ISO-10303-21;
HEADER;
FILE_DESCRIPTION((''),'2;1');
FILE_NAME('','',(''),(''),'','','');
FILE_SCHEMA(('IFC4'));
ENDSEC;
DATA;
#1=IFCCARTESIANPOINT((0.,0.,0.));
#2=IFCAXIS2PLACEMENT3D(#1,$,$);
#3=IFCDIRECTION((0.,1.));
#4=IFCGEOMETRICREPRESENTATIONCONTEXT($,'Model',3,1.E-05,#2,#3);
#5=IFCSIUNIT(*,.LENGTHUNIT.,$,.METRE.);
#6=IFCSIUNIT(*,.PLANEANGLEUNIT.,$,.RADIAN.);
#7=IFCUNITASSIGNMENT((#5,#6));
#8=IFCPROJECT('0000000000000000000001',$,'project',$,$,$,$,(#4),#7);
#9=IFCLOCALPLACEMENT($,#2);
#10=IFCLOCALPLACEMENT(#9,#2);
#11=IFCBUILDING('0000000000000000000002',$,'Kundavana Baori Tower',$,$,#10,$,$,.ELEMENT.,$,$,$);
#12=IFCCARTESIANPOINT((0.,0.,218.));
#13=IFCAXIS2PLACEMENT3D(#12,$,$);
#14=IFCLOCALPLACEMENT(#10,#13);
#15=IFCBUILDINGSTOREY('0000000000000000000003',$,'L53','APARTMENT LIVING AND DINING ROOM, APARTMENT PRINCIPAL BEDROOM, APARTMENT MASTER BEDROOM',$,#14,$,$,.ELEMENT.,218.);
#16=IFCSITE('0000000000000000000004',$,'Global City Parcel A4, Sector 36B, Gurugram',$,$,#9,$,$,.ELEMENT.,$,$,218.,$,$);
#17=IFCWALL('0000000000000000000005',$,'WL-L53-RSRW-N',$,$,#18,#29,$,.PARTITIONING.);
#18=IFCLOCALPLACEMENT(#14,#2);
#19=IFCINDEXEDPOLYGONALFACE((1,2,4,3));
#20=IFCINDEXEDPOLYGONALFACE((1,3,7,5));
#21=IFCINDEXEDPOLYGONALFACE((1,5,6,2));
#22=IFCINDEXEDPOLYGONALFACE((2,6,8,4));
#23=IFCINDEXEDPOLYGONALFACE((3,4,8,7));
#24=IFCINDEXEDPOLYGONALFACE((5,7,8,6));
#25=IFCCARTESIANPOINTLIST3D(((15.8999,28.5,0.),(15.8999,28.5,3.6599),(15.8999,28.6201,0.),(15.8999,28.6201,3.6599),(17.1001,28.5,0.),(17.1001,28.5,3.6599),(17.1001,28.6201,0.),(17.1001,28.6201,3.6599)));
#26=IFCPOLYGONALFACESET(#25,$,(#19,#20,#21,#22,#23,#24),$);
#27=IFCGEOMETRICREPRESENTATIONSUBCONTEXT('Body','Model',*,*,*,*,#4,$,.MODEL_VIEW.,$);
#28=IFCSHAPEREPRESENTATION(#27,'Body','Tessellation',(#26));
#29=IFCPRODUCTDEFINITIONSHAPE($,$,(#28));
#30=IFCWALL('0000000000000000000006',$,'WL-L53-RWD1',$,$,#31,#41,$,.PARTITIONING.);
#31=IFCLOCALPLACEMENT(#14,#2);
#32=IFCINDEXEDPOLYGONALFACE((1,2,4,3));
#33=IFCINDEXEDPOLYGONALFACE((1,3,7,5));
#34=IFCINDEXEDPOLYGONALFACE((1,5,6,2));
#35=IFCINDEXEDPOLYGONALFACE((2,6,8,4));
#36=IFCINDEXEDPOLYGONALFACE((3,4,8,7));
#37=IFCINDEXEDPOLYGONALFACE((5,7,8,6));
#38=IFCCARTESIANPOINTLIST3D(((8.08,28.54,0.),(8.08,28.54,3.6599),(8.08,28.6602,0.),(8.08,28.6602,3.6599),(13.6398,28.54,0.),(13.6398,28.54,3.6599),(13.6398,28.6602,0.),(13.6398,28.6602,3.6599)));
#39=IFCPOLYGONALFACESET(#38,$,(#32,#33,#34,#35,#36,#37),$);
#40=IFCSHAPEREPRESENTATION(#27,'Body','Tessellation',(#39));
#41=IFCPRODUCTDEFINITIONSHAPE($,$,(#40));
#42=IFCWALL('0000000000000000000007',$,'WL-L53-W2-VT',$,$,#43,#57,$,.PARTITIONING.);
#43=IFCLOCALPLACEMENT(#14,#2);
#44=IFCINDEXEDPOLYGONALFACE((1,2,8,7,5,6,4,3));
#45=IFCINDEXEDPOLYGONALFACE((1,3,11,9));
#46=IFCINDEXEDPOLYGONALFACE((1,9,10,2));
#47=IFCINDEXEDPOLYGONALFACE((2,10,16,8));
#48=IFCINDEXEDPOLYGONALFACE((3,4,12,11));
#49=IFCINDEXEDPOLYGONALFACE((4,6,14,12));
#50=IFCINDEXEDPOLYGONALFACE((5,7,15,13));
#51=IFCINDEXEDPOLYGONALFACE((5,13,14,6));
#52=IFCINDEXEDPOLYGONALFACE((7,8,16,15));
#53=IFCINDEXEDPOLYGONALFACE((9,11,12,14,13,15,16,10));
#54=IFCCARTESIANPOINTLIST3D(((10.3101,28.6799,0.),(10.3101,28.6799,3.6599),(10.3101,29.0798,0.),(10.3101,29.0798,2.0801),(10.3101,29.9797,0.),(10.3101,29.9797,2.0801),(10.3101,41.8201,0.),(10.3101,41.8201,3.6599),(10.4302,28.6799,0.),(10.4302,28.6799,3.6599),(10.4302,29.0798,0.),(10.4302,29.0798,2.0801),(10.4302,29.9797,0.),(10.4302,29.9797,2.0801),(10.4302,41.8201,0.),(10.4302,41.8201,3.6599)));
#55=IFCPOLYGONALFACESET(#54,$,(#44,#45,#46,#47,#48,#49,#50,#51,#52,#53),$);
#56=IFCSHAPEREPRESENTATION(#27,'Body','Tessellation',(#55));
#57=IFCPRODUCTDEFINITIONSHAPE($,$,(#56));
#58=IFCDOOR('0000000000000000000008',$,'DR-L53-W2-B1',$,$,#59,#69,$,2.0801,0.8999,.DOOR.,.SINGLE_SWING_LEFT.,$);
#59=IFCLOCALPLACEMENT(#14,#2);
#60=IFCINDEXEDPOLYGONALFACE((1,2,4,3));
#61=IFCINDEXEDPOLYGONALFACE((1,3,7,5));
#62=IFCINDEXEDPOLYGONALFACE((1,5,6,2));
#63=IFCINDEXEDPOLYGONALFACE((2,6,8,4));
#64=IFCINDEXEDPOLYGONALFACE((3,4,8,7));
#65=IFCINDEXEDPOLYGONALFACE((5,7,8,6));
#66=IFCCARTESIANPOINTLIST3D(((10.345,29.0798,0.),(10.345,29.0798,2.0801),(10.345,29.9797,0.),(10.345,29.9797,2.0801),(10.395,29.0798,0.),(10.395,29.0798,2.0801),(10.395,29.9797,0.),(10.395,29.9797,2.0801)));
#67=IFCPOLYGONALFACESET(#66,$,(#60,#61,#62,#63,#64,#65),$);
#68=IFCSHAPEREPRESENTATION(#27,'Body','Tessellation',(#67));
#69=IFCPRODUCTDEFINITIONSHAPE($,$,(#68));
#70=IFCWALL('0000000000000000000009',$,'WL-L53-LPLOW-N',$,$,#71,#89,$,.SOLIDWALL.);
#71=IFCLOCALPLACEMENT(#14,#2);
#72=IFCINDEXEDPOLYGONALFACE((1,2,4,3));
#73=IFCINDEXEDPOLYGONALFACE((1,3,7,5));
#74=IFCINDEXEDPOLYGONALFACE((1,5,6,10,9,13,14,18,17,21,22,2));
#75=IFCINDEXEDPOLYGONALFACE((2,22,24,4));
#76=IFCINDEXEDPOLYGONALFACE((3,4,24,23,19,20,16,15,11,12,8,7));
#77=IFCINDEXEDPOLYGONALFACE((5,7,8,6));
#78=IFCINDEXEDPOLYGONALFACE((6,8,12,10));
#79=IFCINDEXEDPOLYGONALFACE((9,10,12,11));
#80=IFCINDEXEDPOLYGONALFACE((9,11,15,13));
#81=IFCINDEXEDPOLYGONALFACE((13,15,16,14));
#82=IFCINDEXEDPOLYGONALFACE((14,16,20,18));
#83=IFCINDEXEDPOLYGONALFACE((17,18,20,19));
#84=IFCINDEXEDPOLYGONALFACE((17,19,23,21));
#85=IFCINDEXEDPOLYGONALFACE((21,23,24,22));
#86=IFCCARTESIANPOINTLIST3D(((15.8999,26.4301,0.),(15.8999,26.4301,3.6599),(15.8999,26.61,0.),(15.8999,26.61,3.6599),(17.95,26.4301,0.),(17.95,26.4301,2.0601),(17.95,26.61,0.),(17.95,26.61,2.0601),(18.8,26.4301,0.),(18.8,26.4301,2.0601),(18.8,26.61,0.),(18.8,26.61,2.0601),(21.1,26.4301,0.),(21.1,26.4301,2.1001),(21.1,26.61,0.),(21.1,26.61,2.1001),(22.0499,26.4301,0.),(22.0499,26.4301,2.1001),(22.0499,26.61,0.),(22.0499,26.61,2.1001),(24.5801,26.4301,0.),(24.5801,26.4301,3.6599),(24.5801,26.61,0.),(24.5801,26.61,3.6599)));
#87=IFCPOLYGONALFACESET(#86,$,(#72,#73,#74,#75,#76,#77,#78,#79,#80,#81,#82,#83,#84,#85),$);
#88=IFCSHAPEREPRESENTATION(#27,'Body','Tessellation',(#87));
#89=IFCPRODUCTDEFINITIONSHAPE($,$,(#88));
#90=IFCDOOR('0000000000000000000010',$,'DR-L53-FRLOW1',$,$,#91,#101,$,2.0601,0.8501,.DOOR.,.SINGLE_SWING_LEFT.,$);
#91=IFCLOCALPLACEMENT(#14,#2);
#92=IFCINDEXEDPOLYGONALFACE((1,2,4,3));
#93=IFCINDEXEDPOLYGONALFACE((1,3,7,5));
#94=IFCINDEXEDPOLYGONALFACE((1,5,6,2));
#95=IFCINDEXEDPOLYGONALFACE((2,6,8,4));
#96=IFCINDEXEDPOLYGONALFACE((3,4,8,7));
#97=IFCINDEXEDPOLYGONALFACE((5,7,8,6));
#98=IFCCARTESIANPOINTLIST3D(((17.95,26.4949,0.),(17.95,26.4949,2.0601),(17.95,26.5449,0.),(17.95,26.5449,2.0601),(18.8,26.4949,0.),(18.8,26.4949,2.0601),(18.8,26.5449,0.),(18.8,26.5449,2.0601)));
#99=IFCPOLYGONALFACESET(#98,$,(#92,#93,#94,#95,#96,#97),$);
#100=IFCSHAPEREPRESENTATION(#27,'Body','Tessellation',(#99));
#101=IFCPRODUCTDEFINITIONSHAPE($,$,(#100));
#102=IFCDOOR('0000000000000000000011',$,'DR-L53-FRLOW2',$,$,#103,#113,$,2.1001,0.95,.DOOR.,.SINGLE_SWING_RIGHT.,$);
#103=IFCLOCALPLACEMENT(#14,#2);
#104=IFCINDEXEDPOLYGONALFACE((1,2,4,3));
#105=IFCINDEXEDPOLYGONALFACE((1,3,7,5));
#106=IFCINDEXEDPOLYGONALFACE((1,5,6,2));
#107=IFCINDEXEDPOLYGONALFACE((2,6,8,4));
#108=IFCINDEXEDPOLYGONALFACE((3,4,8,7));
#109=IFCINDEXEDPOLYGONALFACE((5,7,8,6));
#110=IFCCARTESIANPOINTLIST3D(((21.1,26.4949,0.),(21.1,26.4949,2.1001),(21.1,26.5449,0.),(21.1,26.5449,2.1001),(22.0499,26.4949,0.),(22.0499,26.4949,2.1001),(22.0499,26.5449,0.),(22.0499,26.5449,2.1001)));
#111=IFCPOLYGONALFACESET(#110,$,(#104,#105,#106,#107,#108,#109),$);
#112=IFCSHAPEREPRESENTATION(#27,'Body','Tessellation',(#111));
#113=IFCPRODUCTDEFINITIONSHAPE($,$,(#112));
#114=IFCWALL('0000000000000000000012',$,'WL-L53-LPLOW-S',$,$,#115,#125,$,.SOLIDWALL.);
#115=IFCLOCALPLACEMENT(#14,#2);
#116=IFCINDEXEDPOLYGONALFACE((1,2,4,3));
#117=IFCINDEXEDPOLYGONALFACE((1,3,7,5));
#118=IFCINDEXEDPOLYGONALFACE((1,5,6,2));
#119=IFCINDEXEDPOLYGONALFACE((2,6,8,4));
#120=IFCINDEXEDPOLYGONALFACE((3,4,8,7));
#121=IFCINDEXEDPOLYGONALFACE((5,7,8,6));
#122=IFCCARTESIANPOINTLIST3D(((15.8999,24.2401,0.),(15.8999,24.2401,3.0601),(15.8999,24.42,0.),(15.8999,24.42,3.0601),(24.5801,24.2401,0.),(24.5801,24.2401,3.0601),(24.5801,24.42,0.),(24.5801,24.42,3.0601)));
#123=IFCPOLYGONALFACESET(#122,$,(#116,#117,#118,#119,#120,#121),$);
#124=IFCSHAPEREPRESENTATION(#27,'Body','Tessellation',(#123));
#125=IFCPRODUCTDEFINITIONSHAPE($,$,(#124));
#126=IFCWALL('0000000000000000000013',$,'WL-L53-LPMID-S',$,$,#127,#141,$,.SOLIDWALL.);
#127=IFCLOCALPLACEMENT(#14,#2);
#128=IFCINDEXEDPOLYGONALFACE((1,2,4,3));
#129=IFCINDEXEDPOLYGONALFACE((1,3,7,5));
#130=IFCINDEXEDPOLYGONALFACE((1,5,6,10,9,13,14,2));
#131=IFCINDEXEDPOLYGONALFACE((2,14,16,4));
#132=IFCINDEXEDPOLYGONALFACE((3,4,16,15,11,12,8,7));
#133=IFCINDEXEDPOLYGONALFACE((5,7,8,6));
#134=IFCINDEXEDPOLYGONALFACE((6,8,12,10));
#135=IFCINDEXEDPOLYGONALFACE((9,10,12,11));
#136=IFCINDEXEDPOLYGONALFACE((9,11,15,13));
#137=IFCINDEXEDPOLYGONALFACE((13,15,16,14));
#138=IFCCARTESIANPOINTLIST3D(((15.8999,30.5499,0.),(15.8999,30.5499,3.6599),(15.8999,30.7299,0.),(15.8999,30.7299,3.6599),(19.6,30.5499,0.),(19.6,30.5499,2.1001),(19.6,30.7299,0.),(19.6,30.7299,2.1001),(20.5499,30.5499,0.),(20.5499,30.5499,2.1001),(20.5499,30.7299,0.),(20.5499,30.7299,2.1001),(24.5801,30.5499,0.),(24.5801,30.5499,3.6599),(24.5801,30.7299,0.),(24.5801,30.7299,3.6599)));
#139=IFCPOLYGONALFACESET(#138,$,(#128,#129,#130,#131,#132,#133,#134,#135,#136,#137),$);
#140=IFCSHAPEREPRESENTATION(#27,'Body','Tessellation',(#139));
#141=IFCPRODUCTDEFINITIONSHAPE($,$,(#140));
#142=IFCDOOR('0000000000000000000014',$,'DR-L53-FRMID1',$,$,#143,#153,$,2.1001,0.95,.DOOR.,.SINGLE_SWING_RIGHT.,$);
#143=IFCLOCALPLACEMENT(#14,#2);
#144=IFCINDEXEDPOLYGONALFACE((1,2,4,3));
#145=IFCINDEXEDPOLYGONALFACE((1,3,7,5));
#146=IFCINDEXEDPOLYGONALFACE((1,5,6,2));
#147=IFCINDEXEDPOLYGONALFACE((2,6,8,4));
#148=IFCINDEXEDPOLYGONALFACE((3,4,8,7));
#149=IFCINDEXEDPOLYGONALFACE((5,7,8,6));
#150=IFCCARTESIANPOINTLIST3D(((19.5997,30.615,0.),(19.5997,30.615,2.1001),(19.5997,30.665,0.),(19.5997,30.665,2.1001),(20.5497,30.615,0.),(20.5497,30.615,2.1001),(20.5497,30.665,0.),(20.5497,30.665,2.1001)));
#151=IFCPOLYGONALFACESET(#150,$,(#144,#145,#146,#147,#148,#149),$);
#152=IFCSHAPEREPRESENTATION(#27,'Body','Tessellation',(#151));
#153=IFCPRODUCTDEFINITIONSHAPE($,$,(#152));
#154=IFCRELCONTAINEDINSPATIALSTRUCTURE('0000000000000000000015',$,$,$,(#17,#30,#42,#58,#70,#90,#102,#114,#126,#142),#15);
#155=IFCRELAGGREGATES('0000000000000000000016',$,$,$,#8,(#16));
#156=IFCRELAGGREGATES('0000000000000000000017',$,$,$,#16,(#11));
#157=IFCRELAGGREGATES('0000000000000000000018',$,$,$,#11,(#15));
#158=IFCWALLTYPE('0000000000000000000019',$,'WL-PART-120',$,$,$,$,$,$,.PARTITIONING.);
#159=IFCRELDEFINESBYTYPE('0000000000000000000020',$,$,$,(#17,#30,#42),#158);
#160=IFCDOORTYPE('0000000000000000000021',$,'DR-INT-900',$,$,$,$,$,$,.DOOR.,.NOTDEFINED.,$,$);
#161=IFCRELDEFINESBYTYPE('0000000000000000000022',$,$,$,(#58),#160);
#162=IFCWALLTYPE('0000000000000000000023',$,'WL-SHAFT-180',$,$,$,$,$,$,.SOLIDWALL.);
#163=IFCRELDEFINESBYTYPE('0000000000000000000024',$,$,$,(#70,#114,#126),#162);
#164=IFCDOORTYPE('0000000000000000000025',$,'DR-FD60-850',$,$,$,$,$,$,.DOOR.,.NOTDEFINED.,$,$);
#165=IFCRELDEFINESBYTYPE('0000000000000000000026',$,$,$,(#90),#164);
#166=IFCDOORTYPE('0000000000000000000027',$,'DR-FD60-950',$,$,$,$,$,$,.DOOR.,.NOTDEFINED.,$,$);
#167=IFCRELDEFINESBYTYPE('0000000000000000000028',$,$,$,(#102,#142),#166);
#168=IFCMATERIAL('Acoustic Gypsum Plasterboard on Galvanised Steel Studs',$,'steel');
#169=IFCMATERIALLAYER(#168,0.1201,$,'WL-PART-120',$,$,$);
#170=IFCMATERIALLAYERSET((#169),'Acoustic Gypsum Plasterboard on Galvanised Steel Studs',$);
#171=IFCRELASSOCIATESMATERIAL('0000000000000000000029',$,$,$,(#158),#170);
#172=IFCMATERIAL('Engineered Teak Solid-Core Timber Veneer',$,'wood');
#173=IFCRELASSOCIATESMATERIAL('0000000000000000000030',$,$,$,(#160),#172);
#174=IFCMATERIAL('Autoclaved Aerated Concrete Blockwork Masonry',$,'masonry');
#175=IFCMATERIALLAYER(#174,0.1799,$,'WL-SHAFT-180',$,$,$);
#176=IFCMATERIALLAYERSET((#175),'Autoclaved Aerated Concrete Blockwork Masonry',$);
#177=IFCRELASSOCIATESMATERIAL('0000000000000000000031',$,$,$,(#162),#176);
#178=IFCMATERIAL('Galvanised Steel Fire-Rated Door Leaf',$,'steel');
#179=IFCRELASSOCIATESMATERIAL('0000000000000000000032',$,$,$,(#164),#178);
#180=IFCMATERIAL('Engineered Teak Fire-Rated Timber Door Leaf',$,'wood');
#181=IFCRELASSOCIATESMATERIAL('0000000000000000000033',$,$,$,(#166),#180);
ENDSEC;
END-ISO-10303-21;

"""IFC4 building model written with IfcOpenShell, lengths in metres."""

from ifc_helpers import new_model, si_unit, direction, frame, frame_2d, origin, place, context, subcontext, project, spatial, rectangle, extrude, material, layer, layer_set, type_object, element, fill, save


model = new_model("IFC4")

# Units and contexts
model_context = context("Model", 3, precision=1e-05, world=origin(), true_north=direction((0.0, 1.0)))
body_context = subcontext(model_context, "Body", "Model", "MODEL_VIEW")
ifc_project = project(units=[si_unit("LENGTHUNIT", "METRE"), si_unit("PLANEANGLEUNIT", "RADIAN")], contexts=[model_context])

# Site, building, storey
site_placement = place(None, origin())
site = spatial("IfcSite", under=ifc_project, at=site_placement, Name="Global City Parcel A4, Sector 36B, Gurugram", CompositionType="ELEMENT", RefElevation=218.0)
building_placement = place(site_placement, origin())
building = spatial("IfcBuilding", under=site, at=building_placement, Name="Kundavana Baori Tower", CompositionType="ELEMENT")
storey_placement = place(building_placement, frame((0.0, 0.0, 218.0)))
storey = spatial("IfcBuildingStorey", under=building, at=storey_placement, Name="L53", Description="APARTMENT LIVING AND DINING ROOM, APARTMENT PRINCIPAL BEDROOM, APARTMENT MASTER BEDROOM", CompositionType="ELEMENT", Elevation=218.0)

# Walls
ifc_material_1 = material(Name="Acoustic Gypsum Plasterboard on Galvanised Steel Studs", Category="steel")
ifc_layer_1 = layer(ifc_material_1, 0.1201, Name="WL-PART-120")
ifc_layer_set_1 = layer_set([ifc_layer_1], Name="Acoustic Gypsum Plasterboard on Galvanised Steel Studs")
wall_type_1 = type_object("IfcWallType", Name="WL-PART-120", PredefinedType="PARTITIONING", material=ifc_layer_set_1)
wall_1_placement = place(storey_placement, frame((15.8999, 28.5601, 0.0), z_axis=(0.0, 0.0, 1.0), x_axis=(1.0, 0.0, 0.0)))
element("IfcWall", 1, at=wall_1_placement, inside=storey, type_object=wall_type_1, Name="WL-L53-RSRW-N", PredefinedType="PARTITIONING", context=body_context, shape_type="SweptSolid", body=[
    extrude(rectangle(XDim=1.2002, YDim=0.1201, at=frame_2d((0.6001, 0.0))), origin(), (0.0, 0.0, 1.0), 3.6599),
])
wall_2_placement = place(storey_placement, frame((8.0801, 28.6001, 0.0), z_axis=(0.0, 0.0, 1.0), x_axis=(1.0, 0.0, 0.0)))
element("IfcWall", 2, at=wall_2_placement, inside=storey, type_object=wall_type_1, Name="WL-L53-RWD1", PredefinedType="PARTITIONING", context=body_context, shape_type="SweptSolid", body=[
    extrude(rectangle(XDim=5.5598, YDim=0.1201, at=frame_2d((2.7798, 0.0))), origin(), (0.0, 0.0, 1.0), 3.6599),
])

# Wall, opening, door
wall_3_placement = place(storey_placement, frame((10.3701, 28.6799, 0.0), z_axis=(0.0, 0.0, 1.0), x_axis=(0.0, 1.0, 0.0)))
wall_3 = element("IfcWall", 3, at=wall_3_placement, inside=storey, type_object=wall_type_1, Name="WL-L53-W2-VT", PredefinedType="PARTITIONING", context=body_context, shape_type="SweptSolid", body=[
    extrude(rectangle(XDim=13.1401, YDim=0.1201, at=frame_2d((6.5701, 0.0))), origin(), (0.0, 0.0, 1.0), 3.6599),
])
opening_1_placement = place(wall_3_placement, frame((0.3999, 0.0, 0.0)))
opening_1 = element("IfcOpeningElement", 4, at=opening_1_placement, cuts=wall_3, PredefinedType="OPENING", context=body_context, shape_type="SweptSolid", body=[
    extrude(rectangle(XDim=0.8999, YDim=2.0801, at=frame_2d((0.45, 1.04))), frame((0.0, 0.0701, 0.0), z_axis=(0.0, -1.0, 0.0), x_axis=(1.0, 0.0, 0.0)), (0.0, 0.0, 1.0), 0.1401),
])
ifc_material_2 = material(Name="Engineered Teak Solid-Core Timber Veneer", Category="wood")
door_type_1 = type_object("IfcDoorType", Name="DR-INT-900", OperationType="NOTDEFINED", PredefinedType="DOOR", material=ifc_material_2)
door_1_placement = place(opening_1_placement, frame((0.8999, 0.0, 0.0), z_axis=(0.0, 0.0, 1.0), x_axis=(-1.0, 0.0, 0.0)))
door_1 = element("IfcDoor", 5, at=door_1_placement, inside=storey, type_object=door_type_1, Name="DR-L53-W2-B1", OperationType="SINGLE_SWING_LEFT", OverallHeight=2.0801, OverallWidth=0.8999, PredefinedType="DOOR", context=body_context, shape_type="SweptSolid", body=[
    extrude(rectangle(XDim=0.8999, YDim=2.0801, at=frame_2d((0.45, 1.04))), frame((0.0, 0.0249, 0.0), z_axis=(0.0, -1.0, 0.0), x_axis=(1.0, 0.0, 0.0)), (0.0, 0.0, 1.0), 0.05),
])
fill(opening_1, door_1)

# Wall, openings, doors
ifc_material_3 = material(Name="Autoclaved Aerated Concrete Blockwork Masonry", Category="masonry")
ifc_layer_2 = layer(ifc_material_3, 0.1799, Name="WL-SHAFT-180")
ifc_layer_set_2 = layer_set([ifc_layer_2], Name="Autoclaved Aerated Concrete Blockwork Masonry")
wall_type_2 = type_object("IfcWallType", Name="WL-SHAFT-180", PredefinedType="SOLIDWALL", material=ifc_layer_set_2)
wall_4_placement = place(storey_placement, frame((15.8999, 26.52, 0.0), z_axis=(0.0, 0.0, 1.0), x_axis=(1.0, 0.0, 0.0)))
wall_4 = element("IfcWall", 6, at=wall_4_placement, inside=storey, type_object=wall_type_2, Name="WL-L53-LPLOW-N", PredefinedType="SOLIDWALL", context=body_context, shape_type="SweptSolid", body=[
    extrude(rectangle(XDim=8.6802, YDim=0.1799, at=frame_2d((4.3401, 0.0))), origin(), (0.0, 0.0, 1.0), 3.6599),
])
opening_2_placement = place(wall_4_placement, frame((2.05, 0.0, 0.0)))
opening_2 = element("IfcOpeningElement", 7, at=opening_2_placement, cuts=wall_4, PredefinedType="OPENING", context=body_context, shape_type="SweptSolid", body=[
    extrude(rectangle(XDim=0.8501, YDim=2.0601, at=frame_2d((0.425, 1.03))), frame((0.0, 0.1001, 0.0), z_axis=(0.0, -1.0, 0.0), x_axis=(1.0, 0.0, 0.0)), (0.0, 0.0, 1.0), 0.2),
])
opening_3_placement = place(wall_4_placement, frame((5.2, 0.0, 0.0)))
opening_3 = element("IfcOpeningElement", 8, at=opening_3_placement, cuts=wall_4, PredefinedType="OPENING", context=body_context, shape_type="SweptSolid", body=[
    extrude(rectangle(XDim=0.95, YDim=2.1001, at=frame_2d((0.4751, 1.05))), frame((0.0, 0.1001, 0.0), z_axis=(0.0, -1.0, 0.0), x_axis=(1.0, 0.0, 0.0)), (0.0, 0.0, 1.0), 0.2),
])
ifc_material_4 = material(Name="Galvanised Steel Fire-Rated Door Leaf", Category="steel")
door_type_2 = type_object("IfcDoorType", Name="DR-FD60-850", OperationType="NOTDEFINED", PredefinedType="DOOR", material=ifc_material_4)
door_2_placement = place(opening_2_placement, origin())
door_2 = element("IfcDoor", 9, at=door_2_placement, inside=storey, type_object=door_type_2, Name="DR-L53-FRLOW1", OperationType="SINGLE_SWING_LEFT", OverallHeight=2.0601, OverallWidth=0.8501, PredefinedType="DOOR", context=body_context, shape_type="SweptSolid", body=[
    extrude(rectangle(XDim=0.8501, YDim=2.0601, at=frame_2d((0.425, 1.03))), frame((0.0, 0.0249, 0.0), z_axis=(0.0, -1.0, 0.0), x_axis=(1.0, 0.0, 0.0)), (0.0, 0.0, 1.0), 0.05),
])
fill(opening_2, door_2)
ifc_material_5 = material(Name="Engineered Teak Fire-Rated Timber Door Leaf", Category="wood")
door_type_3 = type_object("IfcDoorType", Name="DR-FD60-950", OperationType="NOTDEFINED", PredefinedType="DOOR", material=ifc_material_5)
door_3_placement = place(opening_3_placement, origin())
door_3 = element("IfcDoor", 10, at=door_3_placement, inside=storey, type_object=door_type_3, Name="DR-L53-FRLOW2", OperationType="SINGLE_SWING_RIGHT", OverallHeight=2.1001, OverallWidth=0.95, PredefinedType="DOOR", context=body_context, shape_type="SweptSolid", body=[
    extrude(rectangle(XDim=0.95, YDim=2.1001, at=frame_2d((0.4751, 1.05))), frame((0.0, 0.0249, 0.0), z_axis=(0.0, -1.0, 0.0), x_axis=(1.0, 0.0, 0.0)), (0.0, 0.0, 1.0), 0.05),
])
fill(opening_3, door_3)

# Wall
wall_5_placement = place(storey_placement, frame((15.8999, 24.3301, 0.0), z_axis=(0.0, 0.0, 1.0), x_axis=(1.0, 0.0, 0.0)))
element("IfcWall", 11, at=wall_5_placement, inside=storey, type_object=wall_type_2, Name="WL-L53-LPLOW-S", PredefinedType="SOLIDWALL", context=body_context, shape_type="SweptSolid", body=[
    extrude(rectangle(XDim=8.6802, YDim=0.1799, at=frame_2d((4.3401, 0.0))), origin(), (0.0, 0.0, 1.0), 3.0601),
])

# Wall, opening, door
wall_6_placement = place(storey_placement, frame((15.8999, 30.6399, 0.0), z_axis=(0.0, 0.0, 1.0), x_axis=(1.0, 0.0, 0.0)))
wall_6 = element("IfcWall", 12, at=wall_6_placement, inside=storey, type_object=wall_type_2, Name="WL-L53-LPMID-S", PredefinedType="SOLIDWALL", context=body_context, shape_type="SweptSolid", body=[
    extrude(rectangle(XDim=8.6802, YDim=0.1799, at=frame_2d((4.3401, 0.0))), origin(), (0.0, 0.0, 1.0), 3.6599),
])
opening_4_placement = place(wall_6_placement, frame((3.7, 0.0, 0.0)))
opening_4 = element("IfcOpeningElement", 13, at=opening_4_placement, cuts=wall_6, PredefinedType="OPENING", context=body_context, shape_type="SweptSolid", body=[
    extrude(rectangle(XDim=0.95, YDim=2.1001, at=frame_2d((0.4751, 1.05))), frame((0.0, 0.1001, 0.0), z_axis=(0.0, -1.0, 0.0), x_axis=(1.0, 0.0, 0.0)), (0.0, 0.0, 1.0), 0.2),
])
door_4_placement = place(opening_4_placement, frame((0.95, 0.0, 0.0), z_axis=(0.0, 0.0, 1.0), x_axis=(-1.0, 0.0, 0.0)))
door_4 = element("IfcDoor", 14, at=door_4_placement, inside=storey, type_object=door_type_3, Name="DR-L53-FRMID1", OperationType="SINGLE_SWING_RIGHT", OverallHeight=2.1001, OverallWidth=0.95, PredefinedType="DOOR", context=body_context, shape_type="SweptSolid", body=[
    extrude(rectangle(XDim=0.95, YDim=2.1001, at=frame_2d((0.4751, 1.05))), frame((0.0, 0.0249, 0.0), z_axis=(0.0, -1.0, 0.0), x_axis=(1.0, 0.0, 0.0)), (0.0, 0.0, 1.0), 0.05),
])
fill(opening_4, door_4)

save(model, "model.ifc")
